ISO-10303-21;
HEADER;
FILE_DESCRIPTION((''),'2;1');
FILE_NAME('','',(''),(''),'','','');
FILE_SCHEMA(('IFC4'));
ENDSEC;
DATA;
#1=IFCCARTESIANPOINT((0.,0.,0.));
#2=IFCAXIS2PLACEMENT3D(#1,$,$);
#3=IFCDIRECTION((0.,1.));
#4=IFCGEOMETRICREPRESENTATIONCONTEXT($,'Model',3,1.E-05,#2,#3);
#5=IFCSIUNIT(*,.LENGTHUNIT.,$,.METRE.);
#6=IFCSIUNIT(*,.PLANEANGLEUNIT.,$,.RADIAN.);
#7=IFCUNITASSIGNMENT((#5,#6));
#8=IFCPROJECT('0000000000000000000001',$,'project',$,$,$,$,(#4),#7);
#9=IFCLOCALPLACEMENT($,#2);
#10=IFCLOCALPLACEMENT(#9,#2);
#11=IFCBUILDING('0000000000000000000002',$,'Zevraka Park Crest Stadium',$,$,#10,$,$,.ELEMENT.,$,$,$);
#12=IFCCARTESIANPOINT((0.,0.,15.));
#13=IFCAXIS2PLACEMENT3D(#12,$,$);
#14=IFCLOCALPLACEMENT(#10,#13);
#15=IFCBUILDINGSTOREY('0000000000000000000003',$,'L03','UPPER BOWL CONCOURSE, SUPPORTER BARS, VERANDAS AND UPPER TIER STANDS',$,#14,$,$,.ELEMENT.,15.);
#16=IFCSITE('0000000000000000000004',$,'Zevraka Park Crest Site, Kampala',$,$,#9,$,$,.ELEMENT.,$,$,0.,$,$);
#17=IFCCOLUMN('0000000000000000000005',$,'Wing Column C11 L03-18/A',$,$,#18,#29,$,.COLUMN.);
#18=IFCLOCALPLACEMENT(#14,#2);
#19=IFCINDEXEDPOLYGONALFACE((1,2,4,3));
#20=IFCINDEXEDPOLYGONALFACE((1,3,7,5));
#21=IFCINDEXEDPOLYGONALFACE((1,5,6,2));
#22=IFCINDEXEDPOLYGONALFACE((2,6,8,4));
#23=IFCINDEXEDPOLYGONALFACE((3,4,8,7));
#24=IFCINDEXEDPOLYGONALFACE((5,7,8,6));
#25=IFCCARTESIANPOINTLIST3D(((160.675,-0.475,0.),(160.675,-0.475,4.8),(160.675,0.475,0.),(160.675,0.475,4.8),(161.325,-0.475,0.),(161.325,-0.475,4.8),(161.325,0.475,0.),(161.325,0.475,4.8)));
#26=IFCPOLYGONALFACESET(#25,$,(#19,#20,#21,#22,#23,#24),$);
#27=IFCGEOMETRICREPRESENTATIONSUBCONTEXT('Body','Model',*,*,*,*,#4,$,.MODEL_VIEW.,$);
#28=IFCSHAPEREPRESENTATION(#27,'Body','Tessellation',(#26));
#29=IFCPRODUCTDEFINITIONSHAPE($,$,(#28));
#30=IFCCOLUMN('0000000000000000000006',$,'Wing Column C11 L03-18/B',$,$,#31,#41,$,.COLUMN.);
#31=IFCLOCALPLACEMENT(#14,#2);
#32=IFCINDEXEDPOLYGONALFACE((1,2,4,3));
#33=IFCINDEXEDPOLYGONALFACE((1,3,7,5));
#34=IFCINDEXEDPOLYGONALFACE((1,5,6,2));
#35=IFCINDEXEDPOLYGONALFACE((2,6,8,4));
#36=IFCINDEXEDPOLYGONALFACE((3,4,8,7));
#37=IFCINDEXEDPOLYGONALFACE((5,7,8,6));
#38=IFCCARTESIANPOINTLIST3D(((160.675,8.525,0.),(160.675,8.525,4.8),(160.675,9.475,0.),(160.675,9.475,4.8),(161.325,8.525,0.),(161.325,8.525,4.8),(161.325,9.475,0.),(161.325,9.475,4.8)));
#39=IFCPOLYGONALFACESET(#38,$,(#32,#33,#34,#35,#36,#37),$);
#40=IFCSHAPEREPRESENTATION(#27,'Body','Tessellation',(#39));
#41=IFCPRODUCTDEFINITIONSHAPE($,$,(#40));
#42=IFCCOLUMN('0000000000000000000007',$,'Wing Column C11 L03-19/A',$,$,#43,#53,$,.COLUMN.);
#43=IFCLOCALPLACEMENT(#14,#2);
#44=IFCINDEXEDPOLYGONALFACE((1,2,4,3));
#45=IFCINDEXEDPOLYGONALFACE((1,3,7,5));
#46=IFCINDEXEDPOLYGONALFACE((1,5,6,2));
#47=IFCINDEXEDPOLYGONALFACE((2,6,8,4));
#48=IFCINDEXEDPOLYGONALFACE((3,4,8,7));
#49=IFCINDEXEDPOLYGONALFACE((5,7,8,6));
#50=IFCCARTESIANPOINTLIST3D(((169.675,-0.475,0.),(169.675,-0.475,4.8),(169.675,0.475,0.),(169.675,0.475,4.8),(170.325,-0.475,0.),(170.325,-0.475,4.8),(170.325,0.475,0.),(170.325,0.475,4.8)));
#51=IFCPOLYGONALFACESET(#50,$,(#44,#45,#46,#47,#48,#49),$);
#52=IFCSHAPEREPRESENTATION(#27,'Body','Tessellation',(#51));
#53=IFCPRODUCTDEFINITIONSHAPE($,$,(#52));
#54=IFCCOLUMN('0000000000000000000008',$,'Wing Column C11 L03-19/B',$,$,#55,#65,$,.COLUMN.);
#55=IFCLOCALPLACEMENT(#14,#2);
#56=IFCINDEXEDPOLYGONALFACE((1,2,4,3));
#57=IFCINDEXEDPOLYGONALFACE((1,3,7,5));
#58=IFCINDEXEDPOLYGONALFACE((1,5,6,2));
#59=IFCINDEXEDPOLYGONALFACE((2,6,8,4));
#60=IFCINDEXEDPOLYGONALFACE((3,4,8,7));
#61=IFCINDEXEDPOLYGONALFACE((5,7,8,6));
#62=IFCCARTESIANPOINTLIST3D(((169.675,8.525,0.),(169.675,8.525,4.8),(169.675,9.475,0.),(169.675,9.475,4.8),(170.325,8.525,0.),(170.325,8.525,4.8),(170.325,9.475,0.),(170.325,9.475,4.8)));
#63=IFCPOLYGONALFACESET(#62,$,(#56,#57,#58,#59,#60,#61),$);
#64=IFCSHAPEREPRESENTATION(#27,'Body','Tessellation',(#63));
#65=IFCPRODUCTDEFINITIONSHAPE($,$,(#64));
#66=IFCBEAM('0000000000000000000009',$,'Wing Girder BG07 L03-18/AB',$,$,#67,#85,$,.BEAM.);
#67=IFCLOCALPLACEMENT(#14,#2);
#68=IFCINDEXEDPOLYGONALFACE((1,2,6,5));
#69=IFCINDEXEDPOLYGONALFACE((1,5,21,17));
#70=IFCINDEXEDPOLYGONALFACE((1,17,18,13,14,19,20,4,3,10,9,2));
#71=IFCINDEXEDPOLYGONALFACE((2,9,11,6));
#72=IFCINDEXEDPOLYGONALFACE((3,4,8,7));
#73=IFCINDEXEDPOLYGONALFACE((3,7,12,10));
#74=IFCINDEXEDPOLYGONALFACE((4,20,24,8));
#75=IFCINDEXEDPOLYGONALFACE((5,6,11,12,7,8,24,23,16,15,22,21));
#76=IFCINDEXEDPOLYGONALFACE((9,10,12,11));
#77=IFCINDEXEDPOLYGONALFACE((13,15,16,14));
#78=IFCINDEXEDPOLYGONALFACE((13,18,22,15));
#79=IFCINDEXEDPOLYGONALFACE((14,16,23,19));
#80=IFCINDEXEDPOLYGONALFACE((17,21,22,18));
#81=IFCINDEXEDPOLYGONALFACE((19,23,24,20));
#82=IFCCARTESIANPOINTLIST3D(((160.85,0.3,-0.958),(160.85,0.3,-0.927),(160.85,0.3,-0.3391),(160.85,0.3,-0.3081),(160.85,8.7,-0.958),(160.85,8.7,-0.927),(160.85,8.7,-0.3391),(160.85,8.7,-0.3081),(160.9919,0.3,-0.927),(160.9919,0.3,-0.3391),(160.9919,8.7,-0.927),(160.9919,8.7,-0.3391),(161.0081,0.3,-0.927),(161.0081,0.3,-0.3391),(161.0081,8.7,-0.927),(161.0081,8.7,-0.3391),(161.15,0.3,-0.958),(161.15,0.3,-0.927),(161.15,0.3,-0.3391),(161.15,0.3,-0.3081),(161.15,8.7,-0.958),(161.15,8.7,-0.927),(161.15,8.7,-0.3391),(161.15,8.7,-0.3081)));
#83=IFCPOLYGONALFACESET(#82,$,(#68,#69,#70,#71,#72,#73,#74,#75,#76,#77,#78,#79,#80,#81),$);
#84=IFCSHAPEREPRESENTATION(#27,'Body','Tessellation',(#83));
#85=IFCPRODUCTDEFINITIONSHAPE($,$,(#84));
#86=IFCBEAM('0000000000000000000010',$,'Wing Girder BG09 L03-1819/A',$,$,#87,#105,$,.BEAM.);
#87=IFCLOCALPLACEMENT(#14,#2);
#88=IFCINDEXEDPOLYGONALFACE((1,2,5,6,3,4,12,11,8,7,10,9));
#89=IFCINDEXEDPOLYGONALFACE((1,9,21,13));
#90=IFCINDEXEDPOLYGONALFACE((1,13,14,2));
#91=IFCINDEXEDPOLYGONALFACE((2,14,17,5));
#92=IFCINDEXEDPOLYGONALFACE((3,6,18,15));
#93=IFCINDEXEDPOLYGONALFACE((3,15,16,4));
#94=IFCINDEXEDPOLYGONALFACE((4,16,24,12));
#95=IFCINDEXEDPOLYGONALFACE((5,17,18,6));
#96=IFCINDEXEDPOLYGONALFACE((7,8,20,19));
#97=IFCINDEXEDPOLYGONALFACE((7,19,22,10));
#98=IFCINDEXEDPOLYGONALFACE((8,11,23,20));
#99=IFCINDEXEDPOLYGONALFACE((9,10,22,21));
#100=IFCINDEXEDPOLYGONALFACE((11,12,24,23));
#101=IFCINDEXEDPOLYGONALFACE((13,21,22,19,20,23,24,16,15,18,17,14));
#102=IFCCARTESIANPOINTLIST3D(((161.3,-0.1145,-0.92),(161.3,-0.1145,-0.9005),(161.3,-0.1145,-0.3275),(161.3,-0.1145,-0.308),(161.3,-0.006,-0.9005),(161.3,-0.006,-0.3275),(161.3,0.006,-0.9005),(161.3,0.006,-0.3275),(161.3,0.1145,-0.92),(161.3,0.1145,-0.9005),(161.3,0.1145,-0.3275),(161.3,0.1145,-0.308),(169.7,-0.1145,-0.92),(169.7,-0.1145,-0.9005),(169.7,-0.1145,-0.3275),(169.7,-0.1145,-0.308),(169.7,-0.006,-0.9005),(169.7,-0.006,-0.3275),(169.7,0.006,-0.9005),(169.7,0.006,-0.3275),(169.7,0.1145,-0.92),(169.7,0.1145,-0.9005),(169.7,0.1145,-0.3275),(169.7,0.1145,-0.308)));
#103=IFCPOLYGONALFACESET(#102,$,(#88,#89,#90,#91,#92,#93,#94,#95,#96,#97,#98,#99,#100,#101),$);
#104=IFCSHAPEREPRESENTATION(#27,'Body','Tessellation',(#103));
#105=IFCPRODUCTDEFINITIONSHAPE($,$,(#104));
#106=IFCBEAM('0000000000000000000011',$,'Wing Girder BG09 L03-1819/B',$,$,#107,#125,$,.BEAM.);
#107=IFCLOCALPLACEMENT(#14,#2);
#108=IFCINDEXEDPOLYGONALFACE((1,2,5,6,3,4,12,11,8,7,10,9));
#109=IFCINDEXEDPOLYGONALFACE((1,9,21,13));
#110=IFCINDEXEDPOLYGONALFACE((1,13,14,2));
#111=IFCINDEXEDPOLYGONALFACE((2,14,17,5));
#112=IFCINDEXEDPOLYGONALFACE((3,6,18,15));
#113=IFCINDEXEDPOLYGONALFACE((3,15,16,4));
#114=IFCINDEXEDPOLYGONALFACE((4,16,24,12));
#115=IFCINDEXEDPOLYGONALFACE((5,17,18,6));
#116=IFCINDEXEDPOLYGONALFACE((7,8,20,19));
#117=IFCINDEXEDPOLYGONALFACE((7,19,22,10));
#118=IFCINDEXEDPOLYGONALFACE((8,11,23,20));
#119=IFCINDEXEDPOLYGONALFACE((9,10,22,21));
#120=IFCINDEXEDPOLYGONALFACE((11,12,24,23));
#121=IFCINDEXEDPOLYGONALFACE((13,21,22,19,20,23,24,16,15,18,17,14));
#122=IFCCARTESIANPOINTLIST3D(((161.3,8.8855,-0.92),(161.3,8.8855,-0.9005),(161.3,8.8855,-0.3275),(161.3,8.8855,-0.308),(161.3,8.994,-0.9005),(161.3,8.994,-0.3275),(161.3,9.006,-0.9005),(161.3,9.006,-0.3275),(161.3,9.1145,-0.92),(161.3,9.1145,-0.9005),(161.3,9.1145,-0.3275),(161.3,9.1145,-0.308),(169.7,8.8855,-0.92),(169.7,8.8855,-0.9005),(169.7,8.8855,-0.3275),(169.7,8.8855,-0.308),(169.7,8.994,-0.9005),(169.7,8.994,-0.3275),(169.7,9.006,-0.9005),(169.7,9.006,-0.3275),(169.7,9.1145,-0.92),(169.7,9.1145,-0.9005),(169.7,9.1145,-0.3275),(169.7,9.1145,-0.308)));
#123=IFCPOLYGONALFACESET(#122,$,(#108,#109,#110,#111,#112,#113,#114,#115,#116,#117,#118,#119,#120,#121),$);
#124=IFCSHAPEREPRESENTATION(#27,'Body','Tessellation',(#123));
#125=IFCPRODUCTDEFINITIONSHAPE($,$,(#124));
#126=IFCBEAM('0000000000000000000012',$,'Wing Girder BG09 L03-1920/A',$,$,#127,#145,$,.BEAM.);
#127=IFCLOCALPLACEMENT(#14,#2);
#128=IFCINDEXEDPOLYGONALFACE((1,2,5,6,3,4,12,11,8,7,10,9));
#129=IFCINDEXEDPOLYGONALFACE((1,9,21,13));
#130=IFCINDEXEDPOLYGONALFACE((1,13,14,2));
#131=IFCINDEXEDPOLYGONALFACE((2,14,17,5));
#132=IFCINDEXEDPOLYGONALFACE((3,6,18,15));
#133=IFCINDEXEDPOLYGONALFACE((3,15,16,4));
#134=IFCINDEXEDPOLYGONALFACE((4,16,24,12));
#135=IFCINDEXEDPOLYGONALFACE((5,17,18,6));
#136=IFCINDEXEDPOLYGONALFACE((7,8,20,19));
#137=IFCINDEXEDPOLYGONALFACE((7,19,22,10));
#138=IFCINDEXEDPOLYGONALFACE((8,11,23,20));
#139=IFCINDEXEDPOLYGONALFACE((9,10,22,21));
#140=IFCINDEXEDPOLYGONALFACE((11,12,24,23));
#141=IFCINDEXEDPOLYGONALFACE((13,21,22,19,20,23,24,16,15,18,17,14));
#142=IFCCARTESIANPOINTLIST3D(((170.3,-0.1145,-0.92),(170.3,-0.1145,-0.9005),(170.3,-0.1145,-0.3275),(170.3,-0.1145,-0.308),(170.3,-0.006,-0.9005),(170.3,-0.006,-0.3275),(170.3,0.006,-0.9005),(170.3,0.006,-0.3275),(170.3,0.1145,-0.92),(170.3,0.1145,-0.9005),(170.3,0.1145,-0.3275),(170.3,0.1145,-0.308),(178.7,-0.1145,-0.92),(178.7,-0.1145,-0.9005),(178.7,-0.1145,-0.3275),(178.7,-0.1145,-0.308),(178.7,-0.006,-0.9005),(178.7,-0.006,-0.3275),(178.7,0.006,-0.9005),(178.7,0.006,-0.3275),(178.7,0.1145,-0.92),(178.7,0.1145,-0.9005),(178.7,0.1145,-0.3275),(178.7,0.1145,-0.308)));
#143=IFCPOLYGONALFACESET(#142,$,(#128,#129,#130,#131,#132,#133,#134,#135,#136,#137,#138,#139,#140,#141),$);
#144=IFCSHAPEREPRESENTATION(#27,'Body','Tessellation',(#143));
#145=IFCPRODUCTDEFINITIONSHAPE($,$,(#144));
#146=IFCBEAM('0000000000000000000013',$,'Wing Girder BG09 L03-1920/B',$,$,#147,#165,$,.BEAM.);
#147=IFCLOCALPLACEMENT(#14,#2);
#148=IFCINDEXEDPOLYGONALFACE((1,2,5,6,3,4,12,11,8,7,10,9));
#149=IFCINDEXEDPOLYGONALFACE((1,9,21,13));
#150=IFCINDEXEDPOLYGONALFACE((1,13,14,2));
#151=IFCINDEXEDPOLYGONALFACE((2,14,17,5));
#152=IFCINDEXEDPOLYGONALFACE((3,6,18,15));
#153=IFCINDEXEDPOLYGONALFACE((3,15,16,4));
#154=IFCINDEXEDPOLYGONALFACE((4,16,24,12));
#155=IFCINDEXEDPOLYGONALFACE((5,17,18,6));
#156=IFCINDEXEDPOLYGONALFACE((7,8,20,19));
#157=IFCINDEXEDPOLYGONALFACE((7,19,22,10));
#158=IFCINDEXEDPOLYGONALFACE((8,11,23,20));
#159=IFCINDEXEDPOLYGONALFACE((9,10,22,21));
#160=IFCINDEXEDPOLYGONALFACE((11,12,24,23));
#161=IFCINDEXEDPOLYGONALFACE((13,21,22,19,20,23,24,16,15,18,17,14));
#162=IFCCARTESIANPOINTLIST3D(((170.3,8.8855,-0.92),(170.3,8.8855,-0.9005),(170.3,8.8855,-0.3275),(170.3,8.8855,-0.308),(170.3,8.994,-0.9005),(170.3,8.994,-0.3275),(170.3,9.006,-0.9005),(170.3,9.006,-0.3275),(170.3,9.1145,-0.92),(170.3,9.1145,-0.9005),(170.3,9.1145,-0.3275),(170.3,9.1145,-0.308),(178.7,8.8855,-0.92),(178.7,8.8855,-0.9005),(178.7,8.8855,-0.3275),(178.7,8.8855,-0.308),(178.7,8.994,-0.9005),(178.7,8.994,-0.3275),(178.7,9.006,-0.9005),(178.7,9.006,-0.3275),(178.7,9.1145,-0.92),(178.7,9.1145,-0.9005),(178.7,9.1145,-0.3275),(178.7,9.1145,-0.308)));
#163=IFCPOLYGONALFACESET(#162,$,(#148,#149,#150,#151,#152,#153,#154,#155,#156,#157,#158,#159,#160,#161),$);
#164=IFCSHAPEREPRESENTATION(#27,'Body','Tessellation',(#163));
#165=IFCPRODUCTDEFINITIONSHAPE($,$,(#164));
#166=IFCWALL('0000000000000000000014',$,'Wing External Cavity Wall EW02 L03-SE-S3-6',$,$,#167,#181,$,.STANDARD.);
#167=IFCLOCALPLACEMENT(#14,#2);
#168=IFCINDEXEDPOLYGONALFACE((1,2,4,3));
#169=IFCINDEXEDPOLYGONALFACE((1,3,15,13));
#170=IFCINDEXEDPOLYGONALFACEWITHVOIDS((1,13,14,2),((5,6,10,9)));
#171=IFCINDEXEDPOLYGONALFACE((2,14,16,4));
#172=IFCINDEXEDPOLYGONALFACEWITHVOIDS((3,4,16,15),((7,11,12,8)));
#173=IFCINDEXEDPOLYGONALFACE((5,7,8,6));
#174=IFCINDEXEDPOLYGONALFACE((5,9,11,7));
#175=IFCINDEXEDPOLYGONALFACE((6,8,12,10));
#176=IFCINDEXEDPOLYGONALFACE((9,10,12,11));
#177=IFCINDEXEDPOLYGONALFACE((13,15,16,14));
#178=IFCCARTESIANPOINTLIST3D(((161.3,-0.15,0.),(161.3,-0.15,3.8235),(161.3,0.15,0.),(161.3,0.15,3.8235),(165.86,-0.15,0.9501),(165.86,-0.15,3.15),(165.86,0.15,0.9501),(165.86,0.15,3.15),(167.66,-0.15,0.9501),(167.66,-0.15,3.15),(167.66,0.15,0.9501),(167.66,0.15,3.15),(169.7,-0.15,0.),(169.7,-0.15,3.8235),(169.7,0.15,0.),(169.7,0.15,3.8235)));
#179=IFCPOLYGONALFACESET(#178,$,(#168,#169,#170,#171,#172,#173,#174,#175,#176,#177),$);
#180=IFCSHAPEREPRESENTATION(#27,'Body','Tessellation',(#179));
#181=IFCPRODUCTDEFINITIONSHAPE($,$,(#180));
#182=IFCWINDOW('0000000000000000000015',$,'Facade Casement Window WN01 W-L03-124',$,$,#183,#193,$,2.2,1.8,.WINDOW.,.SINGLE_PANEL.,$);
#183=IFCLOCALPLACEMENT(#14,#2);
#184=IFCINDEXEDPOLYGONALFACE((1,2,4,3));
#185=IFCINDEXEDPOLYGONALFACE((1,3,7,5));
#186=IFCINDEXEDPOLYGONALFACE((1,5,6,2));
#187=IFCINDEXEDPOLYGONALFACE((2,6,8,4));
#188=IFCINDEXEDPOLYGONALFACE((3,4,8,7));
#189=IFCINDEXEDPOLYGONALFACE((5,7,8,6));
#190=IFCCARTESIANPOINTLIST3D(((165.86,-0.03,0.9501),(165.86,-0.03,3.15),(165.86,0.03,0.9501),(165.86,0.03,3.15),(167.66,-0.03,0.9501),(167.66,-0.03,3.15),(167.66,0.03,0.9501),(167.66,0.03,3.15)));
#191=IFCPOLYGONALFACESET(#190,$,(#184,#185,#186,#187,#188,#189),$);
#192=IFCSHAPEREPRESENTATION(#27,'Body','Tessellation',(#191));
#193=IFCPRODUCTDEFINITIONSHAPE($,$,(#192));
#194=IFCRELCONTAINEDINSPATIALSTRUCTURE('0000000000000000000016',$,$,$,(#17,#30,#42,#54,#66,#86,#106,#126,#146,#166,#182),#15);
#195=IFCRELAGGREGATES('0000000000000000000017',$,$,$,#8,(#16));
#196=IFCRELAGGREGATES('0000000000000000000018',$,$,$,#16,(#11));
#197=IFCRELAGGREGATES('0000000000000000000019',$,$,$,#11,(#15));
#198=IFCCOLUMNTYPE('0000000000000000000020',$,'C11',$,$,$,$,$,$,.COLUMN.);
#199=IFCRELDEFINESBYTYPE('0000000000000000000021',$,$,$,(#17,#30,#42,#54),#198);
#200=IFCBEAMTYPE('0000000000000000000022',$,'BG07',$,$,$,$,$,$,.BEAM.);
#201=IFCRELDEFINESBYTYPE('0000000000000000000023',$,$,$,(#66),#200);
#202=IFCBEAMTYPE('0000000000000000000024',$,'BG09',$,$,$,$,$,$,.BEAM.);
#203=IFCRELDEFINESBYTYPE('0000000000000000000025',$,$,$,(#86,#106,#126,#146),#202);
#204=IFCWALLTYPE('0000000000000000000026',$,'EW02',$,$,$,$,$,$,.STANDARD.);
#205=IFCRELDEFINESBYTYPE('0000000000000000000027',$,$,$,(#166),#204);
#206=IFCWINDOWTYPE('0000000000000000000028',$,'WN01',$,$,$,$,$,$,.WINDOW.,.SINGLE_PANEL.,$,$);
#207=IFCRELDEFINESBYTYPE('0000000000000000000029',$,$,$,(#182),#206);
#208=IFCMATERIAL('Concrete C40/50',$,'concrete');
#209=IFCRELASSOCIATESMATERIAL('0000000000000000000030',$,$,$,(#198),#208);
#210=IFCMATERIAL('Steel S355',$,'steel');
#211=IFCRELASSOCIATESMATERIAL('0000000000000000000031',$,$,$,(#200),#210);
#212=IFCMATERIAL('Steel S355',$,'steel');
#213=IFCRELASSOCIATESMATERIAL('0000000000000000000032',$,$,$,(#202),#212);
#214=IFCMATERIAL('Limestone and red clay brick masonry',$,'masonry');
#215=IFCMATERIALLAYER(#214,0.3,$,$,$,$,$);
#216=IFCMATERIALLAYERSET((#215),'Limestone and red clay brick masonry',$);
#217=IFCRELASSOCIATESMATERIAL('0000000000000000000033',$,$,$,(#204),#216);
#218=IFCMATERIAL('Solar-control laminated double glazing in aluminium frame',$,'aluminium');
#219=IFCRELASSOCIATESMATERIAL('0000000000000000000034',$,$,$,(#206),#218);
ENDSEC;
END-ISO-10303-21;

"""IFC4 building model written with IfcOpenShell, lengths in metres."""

from ifc_helpers import new_model, si_unit, direction, frame, frame_2d, origin, origin_2d, place, context, subcontext, project, spatial, rectangle, i_section, extrude, material, layer, layer_set, material_profile, profile_set, type_object, element, fill, save


model = new_model("IFC4")

# Units and contexts
model_context = context("Model", 3, precision=1e-05, world=origin(), true_north=direction((0.0, 1.0)))
body_context = subcontext(model_context, "Body", "Model", "MODEL_VIEW")
ifc_project = project(units=[si_unit("LENGTHUNIT", "METRE"), si_unit("PLANEANGLEUNIT", "RADIAN")], contexts=[model_context])

# Site, building, storey
site_placement = place(None, origin())
site = spatial("IfcSite", under=ifc_project, at=site_placement, Name="Zevraka Park Crest Site, Kampala", CompositionType="ELEMENT", RefElevation=0.0)
building_placement = place(site_placement, origin())
building = spatial("IfcBuilding", under=site, at=building_placement, Name="Zevraka Park Crest Stadium", CompositionType="ELEMENT")
storey_placement = place(building_placement, frame((0.0, 0.0, 15.0)))
storey = spatial("IfcBuildingStorey", under=building, at=storey_placement, Name="L03", Description="UPPER BOWL CONCOURSE, SUPPORTER BARS, VERANDAS AND UPPER TIER STANDS", CompositionType="ELEMENT", Elevation=15.0)

# Columns
ifc_material_1 = material(Name="Concrete C40/50", Category="concrete")
ifc_material_profile_1 = material_profile(ifc_material_1, rectangle(XDim=0.6499, YDim=0.95, at=origin_2d()), Name="RC 950x650")
ifc_profile_set_1 = profile_set([ifc_material_profile_1], Name="Concrete C40/50")
column_type = type_object("IfcColumnType", Name="C11", PredefinedType="COLUMN", material=ifc_profile_set_1)
for number, where, z_axis, x_axis, name in (
    (1, (161.0, 0.0, 0.0), (0.0, 0.0, 1.0), (1.0, 0.0, 0.0), "Wing Column C11 L03-18/A"),
    (2, (161.0, 9.0, 0.0), (0.0, 0.0, 1.0), (1.0, 0.0, 0.0), "Wing Column C11 L03-18/B"),
    (3, (170.0, 0.0, 0.0), (0.0, 0.0, 1.0), (1.0, 0.0, 0.0), "Wing Column C11 L03-19/A"),
    (4, (170.0, 9.0, 0.0), (0.0, 0.0, 1.0), (1.0, 0.0, 0.0), "Wing Column C11 L03-19/B"),
):
    element("IfcColumn", number, at=place(storey_placement, frame(where, z_axis=z_axis, x_axis=x_axis)), inside=storey, type_object=column_type, Name=name, PredefinedType="COLUMN", context=body_context, shape_type="SweptSolid", body=[
        extrude(rectangle(XDim=0.6499, YDim=0.95, at=origin_2d()), origin(), (0.0, 0.0, 1.0), 4.8),
    ])

# Beams
ifc_material_2 = material(Name="Steel S355", Category="steel")
ifc_material_profile_2 = material_profile(ifc_material_2, i_section(OverallWidth=0.3, OverallDepth=0.6499, WebThickness=0.0161, FlangeThickness=0.031, at=origin_2d()), Name="HEB 650")
ifc_profile_set_2 = profile_set([ifc_material_profile_2], Name="Steel S355")
beam_type_1 = type_object("IfcBeamType", Name="BG07", PredefinedType="BEAM", material=ifc_profile_set_2)
beam_placement = place(storey_placement, frame((161.0, 0.3, -0.6331), z_axis=(0.0, 1.0, 0.0), x_axis=(-1.0, 0.0, 0.0)))
element("IfcBeam", 5, at=beam_placement, inside=storey, type_object=beam_type_1, Name="Wing Girder BG07 L03-18/AB", PredefinedType="BEAM", context=body_context, shape_type="SweptSolid", body=[
    extrude(i_section(OverallWidth=0.3, OverallDepth=0.6499, WebThickness=0.0161, FlangeThickness=0.031, at=origin_2d()), origin(), (0.0, 0.0, 1.0), 8.3999),
])
ifc_material_3 = material(Name="Steel S355", Category="steel")
ifc_material_profile_3 = material_profile(ifc_material_3, i_section(OverallWidth=0.229, OverallDepth=0.6121, WebThickness=0.012, FlangeThickness=0.0195, at=origin_2d()), Name="UKB 610x229x125")
ifc_profile_set_3 = profile_set([ifc_material_profile_3], Name="Steel S355")
beam_type_2 = type_object("IfcBeamType", Name="BG09", PredefinedType="BEAM", material=ifc_profile_set_3)
for number, where, z_axis, x_axis, name in (
    (6, (161.3, 0.0, -0.614), (1.0, 0.0, 0.0), (0.0, 1.0, 0.0), "Wing Girder BG09 L03-1819/A"),
    (7, (161.3, 9.0, -0.614), (1.0, 0.0, 0.0), (0.0, 1.0, 0.0), "Wing Girder BG09 L03-1819/B"),
    (8, (170.3, 0.0, -0.614), (1.0, 0.0, 0.0), (0.0, 1.0, 0.0), "Wing Girder BG09 L03-1920/A"),
    (9, (170.3, 9.0, -0.614), (1.0, 0.0, 0.0), (0.0, 1.0, 0.0), "Wing Girder BG09 L03-1920/B"),
):
    element("IfcBeam", number, at=place(storey_placement, frame(where, z_axis=z_axis, x_axis=x_axis)), inside=storey, type_object=beam_type_2, Name=name, PredefinedType="BEAM", context=body_context, shape_type="SweptSolid", body=[
        extrude(i_section(OverallWidth=0.229, OverallDepth=0.6121, WebThickness=0.012, FlangeThickness=0.0195, at=origin_2d()), origin(), (0.0, 0.0, 1.0), 8.3999),
    ])

# Wall, opening, window
ifc_material_4 = material(Name="Limestone and red clay brick masonry", Category="masonry")
ifc_layer_1 = layer(ifc_material_4, 0.3)
ifc_layer_set_1 = layer_set([ifc_layer_1], Name="Limestone and red clay brick masonry")
wall_type_1 = type_object("IfcWallType", Name="EW02", PredefinedType="STANDARD", material=ifc_layer_set_1)
wall_1_placement = place(storey_placement, frame((169.7, 0.0, 0.0), z_axis=(0.0, 0.0, 1.0), x_axis=(-1.0, 0.0, 0.0)))
wall_1 = element("IfcWall", 10, at=wall_1_placement, inside=storey, type_object=wall_type_1, Name="Wing External Cavity Wall EW02 L03-SE-S3-6", PredefinedType="STANDARD", context=body_context, shape_type="SweptSolid", body=[
    extrude(rectangle(XDim=8.3999, YDim=0.3, at=frame_2d((4.2, 0.0))), origin(), (0.0, 0.0, 1.0), 3.8235),
])
opening_1_placement = place(wall_1_placement, frame((2.04, 0.0, 0.95)))
opening_1 = element("IfcOpeningElement", 11, at=opening_1_placement, cuts=wall_1, PredefinedType="OPENING", context=body_context, shape_type="SweptSolid", body=[
    extrude(rectangle(XDim=1.8, YDim=2.2, at=frame_2d((0.8999, 1.1001))), frame((0.0, 0.1599, 0.0), z_axis=(0.0, -1.0, 0.0), x_axis=(1.0, 0.0, 0.0)), (0.0, 0.0, 1.0), 0.3201),
])
ifc_material_5 = material(Name="Solar-control laminated double glazing in aluminium frame", Category="aluminium")
window_type_1 = type_object("IfcWindowType", Name="WN01", PartitioningType="SINGLE_PANEL", PredefinedType="WINDOW", material=ifc_material_5)
window_1_placement = place(opening_1_placement, origin())
window_1 = element("IfcWindow", 12, at=window_1_placement, inside=storey, type_object=window_type_1, Name="Facade Casement Window WN01 W-L03-124", OverallHeight=2.2, OverallWidth=1.8, PartitioningType="SINGLE_PANEL", PredefinedType="WINDOW", context=body_context, shape_type="SweptSolid", body=[
    extrude(rectangle(XDim=1.8, YDim=2.2, at=frame_2d((0.8999, 1.1001))), frame((0.0, 0.03, 0.0), z_axis=(0.0, -1.0, 0.0), x_axis=(1.0, 0.0, 0.0)), (0.0, 0.0, 1.0), 0.0601),
])
fill(opening_1, window_1)

save(model, "model.ifc")
